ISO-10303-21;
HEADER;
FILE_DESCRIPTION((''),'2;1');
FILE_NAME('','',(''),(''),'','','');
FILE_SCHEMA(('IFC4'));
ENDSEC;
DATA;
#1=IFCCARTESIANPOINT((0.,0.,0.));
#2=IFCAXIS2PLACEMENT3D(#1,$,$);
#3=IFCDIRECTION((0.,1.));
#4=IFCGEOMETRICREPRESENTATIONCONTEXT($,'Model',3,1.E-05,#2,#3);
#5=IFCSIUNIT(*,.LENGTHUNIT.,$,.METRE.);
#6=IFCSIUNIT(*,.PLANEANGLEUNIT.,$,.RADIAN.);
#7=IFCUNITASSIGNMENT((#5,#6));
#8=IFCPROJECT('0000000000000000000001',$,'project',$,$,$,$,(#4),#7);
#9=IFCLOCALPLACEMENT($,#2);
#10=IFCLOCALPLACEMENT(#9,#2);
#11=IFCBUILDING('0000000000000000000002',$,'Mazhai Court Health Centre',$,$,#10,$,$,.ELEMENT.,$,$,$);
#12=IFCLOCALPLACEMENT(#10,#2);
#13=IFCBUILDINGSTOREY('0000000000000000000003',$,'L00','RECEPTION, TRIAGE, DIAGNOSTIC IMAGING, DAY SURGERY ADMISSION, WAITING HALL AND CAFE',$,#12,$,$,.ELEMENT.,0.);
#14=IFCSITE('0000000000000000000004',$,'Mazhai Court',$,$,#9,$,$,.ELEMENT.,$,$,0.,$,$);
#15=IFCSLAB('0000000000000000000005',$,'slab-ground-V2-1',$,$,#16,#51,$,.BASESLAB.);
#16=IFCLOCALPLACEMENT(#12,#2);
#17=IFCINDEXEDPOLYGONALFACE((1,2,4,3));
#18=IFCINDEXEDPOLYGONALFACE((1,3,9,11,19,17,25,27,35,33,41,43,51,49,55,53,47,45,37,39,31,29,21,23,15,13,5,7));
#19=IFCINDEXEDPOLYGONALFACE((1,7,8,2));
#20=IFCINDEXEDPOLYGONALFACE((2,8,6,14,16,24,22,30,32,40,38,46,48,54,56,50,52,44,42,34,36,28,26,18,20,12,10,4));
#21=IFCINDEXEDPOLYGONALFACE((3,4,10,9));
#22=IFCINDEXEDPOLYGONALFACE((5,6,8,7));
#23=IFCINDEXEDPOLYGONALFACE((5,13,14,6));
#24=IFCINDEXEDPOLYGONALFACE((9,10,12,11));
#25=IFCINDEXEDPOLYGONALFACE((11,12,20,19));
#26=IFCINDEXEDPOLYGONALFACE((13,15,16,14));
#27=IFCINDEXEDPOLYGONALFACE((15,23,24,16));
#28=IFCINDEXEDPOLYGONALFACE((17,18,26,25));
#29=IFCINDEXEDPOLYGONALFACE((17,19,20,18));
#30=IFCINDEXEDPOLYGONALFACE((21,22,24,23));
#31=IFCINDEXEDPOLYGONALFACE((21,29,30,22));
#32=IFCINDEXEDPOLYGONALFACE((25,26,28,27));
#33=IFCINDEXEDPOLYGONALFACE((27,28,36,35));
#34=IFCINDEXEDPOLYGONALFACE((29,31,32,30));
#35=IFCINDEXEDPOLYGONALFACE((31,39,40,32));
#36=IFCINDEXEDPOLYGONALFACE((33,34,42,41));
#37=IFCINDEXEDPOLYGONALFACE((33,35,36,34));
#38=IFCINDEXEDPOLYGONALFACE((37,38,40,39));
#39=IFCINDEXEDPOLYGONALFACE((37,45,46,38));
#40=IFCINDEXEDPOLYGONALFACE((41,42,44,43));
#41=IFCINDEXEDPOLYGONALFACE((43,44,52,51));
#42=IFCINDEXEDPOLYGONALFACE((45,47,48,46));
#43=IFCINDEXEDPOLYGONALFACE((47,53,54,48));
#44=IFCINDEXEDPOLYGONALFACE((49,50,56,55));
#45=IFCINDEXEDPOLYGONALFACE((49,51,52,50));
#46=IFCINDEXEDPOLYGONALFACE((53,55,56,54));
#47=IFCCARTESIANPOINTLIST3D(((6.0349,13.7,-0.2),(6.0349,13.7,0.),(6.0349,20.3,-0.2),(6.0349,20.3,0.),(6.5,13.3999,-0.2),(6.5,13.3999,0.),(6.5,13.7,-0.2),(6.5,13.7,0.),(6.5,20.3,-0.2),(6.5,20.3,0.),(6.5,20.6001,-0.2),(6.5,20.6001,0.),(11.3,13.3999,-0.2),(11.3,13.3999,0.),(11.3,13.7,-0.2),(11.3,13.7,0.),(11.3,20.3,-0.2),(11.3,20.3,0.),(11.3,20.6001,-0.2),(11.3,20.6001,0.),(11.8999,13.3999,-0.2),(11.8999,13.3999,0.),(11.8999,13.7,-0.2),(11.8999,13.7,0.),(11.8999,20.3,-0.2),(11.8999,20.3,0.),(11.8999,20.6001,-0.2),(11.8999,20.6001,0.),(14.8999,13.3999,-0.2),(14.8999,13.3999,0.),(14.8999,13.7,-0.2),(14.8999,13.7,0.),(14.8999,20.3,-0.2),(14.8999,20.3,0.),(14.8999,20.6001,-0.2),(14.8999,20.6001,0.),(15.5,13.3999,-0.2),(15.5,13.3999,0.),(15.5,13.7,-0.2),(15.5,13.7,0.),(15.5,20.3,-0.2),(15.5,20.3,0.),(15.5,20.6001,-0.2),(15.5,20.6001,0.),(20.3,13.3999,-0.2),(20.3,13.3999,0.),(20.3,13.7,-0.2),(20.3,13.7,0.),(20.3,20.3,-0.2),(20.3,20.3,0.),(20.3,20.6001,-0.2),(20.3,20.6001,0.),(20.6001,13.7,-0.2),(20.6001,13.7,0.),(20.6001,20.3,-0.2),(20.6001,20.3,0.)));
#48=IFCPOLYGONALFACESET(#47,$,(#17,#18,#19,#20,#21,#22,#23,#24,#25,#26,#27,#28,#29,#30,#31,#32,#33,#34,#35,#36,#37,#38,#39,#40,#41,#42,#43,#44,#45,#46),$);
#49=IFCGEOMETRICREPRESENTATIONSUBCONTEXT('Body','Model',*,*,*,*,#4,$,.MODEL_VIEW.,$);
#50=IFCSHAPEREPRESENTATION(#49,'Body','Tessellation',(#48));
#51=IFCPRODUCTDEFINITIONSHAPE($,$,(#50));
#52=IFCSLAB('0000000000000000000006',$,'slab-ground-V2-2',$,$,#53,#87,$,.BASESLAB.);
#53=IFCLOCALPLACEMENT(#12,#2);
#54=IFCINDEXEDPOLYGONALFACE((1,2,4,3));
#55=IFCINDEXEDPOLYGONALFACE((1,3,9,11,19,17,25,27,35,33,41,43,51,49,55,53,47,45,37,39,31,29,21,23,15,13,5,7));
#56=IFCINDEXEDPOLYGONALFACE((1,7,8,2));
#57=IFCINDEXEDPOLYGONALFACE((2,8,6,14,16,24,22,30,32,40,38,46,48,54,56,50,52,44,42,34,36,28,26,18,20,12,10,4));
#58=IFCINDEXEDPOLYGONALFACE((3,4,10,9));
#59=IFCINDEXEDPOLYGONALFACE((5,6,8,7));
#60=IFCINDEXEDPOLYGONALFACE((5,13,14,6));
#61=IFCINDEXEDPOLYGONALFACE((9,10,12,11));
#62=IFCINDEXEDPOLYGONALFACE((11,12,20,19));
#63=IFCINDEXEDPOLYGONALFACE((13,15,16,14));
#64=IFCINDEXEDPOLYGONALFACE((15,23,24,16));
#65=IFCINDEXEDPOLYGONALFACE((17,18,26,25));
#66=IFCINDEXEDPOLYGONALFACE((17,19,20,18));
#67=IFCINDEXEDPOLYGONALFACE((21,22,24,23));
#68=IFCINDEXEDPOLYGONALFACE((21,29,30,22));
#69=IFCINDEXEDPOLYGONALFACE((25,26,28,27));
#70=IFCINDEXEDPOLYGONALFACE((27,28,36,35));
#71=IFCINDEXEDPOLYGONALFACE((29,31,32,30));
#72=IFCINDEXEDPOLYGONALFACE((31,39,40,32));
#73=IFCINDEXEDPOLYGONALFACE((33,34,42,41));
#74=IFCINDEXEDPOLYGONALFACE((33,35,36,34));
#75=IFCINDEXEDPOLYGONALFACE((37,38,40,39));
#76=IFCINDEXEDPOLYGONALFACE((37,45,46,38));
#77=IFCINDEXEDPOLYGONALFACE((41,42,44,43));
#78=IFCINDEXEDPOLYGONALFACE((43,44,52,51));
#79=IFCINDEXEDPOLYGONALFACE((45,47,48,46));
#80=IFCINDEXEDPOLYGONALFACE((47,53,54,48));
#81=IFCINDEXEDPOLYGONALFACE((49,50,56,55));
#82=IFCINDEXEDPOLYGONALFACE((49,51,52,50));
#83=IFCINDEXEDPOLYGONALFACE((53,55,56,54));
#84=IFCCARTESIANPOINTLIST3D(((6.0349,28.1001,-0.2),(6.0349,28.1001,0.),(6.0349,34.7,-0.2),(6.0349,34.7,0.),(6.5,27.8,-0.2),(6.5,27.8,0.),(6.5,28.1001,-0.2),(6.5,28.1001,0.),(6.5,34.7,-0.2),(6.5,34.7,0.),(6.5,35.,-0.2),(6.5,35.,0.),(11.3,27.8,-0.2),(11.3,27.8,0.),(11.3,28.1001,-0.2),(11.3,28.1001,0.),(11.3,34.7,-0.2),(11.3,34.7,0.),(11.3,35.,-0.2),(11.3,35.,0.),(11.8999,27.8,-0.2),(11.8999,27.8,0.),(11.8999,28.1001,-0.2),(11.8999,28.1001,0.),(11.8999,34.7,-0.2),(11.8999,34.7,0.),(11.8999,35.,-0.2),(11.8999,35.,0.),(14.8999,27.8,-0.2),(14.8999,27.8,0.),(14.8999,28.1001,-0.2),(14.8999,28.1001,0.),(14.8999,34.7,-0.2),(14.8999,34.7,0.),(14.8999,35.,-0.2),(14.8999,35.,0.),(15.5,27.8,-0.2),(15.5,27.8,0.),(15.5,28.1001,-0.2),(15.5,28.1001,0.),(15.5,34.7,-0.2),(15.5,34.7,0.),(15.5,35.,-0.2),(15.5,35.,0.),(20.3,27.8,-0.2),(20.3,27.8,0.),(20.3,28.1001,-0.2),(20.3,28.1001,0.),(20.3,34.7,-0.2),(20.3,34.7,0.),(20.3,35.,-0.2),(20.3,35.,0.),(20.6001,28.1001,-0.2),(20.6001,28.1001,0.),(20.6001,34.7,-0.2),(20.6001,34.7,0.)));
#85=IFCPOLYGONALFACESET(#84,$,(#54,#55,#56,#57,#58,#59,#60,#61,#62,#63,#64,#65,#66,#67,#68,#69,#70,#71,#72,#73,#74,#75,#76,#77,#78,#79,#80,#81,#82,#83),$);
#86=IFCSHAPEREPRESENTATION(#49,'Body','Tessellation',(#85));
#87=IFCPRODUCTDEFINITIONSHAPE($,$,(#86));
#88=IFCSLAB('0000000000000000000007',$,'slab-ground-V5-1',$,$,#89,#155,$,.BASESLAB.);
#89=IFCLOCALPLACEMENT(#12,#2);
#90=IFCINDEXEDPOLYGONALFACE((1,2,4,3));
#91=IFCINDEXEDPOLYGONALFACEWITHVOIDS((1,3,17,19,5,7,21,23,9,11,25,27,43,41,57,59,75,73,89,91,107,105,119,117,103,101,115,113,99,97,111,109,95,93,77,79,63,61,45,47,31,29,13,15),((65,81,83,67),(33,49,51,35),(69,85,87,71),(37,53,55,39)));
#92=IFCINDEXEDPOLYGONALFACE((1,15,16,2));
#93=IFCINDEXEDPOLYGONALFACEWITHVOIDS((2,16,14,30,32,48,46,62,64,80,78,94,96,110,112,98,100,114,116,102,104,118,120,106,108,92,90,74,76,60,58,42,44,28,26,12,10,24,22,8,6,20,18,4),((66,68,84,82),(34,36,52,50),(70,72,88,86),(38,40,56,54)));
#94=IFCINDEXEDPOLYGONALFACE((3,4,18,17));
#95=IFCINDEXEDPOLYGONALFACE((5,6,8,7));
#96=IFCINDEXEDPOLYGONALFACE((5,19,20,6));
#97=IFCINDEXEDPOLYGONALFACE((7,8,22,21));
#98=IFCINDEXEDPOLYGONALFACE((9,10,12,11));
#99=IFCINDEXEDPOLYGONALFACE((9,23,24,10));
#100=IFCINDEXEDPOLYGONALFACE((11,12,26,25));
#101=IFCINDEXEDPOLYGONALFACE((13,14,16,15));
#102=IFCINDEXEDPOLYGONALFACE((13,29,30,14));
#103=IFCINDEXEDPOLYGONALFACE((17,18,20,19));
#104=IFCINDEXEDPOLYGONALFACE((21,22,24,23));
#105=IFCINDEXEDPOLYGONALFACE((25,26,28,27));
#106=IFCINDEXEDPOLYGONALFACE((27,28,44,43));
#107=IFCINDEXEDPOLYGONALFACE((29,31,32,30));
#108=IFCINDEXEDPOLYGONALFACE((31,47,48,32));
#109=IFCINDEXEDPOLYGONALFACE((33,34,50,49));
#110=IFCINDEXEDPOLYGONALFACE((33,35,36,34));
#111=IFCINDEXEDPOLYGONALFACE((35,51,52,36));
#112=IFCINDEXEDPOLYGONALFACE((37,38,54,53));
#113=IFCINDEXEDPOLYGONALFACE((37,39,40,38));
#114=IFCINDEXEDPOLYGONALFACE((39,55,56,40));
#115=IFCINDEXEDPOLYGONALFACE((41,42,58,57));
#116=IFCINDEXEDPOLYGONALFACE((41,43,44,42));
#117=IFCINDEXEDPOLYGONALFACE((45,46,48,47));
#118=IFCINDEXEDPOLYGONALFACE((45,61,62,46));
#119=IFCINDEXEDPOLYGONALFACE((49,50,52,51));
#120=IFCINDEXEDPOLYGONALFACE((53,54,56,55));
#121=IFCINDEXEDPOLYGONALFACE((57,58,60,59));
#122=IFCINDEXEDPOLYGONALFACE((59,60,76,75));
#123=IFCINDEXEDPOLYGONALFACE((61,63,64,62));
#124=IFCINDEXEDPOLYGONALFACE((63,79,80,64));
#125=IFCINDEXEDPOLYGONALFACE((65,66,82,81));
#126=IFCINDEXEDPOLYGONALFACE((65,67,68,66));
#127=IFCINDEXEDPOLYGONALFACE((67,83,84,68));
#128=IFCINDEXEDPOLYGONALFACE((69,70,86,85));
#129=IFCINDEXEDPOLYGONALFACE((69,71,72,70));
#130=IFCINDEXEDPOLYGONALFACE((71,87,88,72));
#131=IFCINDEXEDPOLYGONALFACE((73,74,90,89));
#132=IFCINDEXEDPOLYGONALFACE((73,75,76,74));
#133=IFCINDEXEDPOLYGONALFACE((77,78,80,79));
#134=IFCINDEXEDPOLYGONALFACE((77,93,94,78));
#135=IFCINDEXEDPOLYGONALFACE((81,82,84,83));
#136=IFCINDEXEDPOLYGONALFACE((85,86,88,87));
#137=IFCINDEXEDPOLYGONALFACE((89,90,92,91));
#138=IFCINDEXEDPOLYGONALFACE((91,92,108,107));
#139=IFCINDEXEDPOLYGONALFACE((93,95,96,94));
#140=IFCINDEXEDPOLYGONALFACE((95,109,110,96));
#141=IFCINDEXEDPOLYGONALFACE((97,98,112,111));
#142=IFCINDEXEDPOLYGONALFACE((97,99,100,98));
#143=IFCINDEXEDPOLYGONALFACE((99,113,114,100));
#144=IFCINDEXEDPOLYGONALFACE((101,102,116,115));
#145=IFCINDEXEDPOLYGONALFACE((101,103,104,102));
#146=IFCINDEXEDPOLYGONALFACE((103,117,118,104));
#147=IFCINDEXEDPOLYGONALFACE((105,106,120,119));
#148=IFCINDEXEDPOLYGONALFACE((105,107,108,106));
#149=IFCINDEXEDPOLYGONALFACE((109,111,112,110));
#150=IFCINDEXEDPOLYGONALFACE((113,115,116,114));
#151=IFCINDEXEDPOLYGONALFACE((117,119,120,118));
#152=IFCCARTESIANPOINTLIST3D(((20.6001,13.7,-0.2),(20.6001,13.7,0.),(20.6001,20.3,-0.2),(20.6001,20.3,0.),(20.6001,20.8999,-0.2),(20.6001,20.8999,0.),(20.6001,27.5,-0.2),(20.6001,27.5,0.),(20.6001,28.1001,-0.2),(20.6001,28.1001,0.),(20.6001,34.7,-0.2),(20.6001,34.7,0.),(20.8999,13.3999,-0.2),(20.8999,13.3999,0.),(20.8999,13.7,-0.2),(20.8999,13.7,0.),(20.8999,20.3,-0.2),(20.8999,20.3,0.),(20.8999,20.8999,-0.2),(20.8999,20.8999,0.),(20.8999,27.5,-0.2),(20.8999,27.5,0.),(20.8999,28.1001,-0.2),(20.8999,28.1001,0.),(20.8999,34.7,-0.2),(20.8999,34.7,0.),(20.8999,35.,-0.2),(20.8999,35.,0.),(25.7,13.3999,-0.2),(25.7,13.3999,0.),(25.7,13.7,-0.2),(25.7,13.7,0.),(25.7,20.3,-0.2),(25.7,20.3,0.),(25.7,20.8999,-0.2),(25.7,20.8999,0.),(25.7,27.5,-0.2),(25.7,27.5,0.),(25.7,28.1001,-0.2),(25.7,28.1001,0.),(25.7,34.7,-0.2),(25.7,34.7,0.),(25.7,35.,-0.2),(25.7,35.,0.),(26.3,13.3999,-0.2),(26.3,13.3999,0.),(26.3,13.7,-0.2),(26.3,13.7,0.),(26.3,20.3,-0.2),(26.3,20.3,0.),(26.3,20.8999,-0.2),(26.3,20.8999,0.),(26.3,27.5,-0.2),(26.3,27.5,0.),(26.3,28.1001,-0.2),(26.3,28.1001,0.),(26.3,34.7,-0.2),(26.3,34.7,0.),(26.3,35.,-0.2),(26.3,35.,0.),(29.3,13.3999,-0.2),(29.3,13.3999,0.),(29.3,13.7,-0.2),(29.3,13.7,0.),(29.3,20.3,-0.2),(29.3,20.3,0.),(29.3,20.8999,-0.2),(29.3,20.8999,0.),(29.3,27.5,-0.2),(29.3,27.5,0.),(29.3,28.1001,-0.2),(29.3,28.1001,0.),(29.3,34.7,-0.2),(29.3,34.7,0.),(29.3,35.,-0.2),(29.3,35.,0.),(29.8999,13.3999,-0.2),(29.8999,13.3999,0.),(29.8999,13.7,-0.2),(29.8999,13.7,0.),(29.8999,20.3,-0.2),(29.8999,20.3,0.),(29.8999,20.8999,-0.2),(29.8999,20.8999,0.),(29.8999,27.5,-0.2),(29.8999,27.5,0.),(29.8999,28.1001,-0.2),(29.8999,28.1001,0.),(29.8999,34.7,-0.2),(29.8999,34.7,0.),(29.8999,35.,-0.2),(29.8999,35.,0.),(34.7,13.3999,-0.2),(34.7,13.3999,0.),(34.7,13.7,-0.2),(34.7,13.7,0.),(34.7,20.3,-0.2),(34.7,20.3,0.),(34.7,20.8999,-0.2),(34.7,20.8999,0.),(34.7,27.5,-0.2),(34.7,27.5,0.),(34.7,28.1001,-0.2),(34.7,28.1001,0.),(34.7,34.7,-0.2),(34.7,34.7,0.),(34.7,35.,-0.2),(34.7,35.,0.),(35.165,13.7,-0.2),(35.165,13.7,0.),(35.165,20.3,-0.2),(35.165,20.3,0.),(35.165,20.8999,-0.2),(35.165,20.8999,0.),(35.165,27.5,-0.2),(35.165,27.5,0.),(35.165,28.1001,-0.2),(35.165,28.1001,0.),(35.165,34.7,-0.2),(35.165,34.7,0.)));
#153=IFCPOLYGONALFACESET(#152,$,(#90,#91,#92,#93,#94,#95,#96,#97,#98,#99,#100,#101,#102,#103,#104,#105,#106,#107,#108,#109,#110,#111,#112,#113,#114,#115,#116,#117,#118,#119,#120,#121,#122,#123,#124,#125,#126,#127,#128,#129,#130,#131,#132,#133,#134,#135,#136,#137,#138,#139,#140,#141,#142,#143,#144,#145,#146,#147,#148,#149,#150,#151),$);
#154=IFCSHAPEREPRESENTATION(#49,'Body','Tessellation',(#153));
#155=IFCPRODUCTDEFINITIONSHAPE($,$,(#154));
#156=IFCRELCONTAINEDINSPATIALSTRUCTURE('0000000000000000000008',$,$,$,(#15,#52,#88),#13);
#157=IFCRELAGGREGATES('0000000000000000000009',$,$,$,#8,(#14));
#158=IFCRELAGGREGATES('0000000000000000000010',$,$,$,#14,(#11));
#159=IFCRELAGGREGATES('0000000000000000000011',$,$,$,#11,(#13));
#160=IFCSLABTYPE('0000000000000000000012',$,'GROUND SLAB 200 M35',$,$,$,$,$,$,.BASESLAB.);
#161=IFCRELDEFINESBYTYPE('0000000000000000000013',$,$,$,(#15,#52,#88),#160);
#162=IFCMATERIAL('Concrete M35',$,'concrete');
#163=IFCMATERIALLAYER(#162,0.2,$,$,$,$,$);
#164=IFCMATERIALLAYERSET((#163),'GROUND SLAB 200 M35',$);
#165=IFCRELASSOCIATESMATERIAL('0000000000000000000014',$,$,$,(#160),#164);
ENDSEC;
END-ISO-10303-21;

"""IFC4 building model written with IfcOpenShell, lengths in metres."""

from ifc_helpers import new_model, si_unit, direction, frame, origin, place, context, subcontext, project, spatial, polyline, outline, extrude, material, layer, layer_set, type_object, element, save


model = new_model("IFC4")

# Units and contexts
model_context = context("Model", 3, precision=1e-05, world=origin(), true_north=direction((0.0, 1.0)))
body_context = subcontext(model_context, "Body", "Model", "MODEL_VIEW")
ifc_project = project(units=[si_unit("LENGTHUNIT", "METRE"), si_unit("PLANEANGLEUNIT", "RADIAN")], contexts=[model_context])

# Site, building, storey
site_placement = place(None, origin())
site = spatial("IfcSite", under=ifc_project, at=site_placement, Name="Mazhai Court", CompositionType="ELEMENT", RefElevation=0.0)
building_placement = place(site_placement, origin())
building = spatial("IfcBuilding", under=site, at=building_placement, Name="Mazhai Court Health Centre", CompositionType="ELEMENT")
storey_placement = place(building_placement, origin())
storey = spatial("IfcBuildingStorey", under=building, at=storey_placement, Name="L00", Description="RECEPTION, TRIAGE, DIAGNOSTIC IMAGING, DAY SURGERY ADMISSION, WAITING HALL AND CAFE", CompositionType="ELEMENT", Elevation=0.0)

# Slabs
ifc_material_1 = material(Name="Concrete M35", Category="concrete")
ifc_layer_1 = layer(ifc_material_1, 0.2)
ifc_layer_set_1 = layer_set([ifc_layer_1], Name="GROUND SLAB 200 M35")
slab_type = type_object("IfcSlabType", Name="GROUND SLAB 200 M35", PredefinedType="BASESLAB", material=ifc_layer_set_1)
slab_1_placement = place(storey_placement, frame((0.0, 0.0, -0.2)))
element("IfcSlab", 1, at=slab_1_placement, inside=storey, type_object=slab_type, Name="slab-ground-V2-1", PredefinedType="BASESLAB", context=body_context, shape_type="SweptSolid", body=[
    extrude(outline(polyline([(20.6001, 13.7), (20.3, 13.7), (20.3, 13.3999), (15.5, 13.3999), (15.5, 13.7), (14.8999, 13.7), (14.8999, 13.3999), (11.8999, 13.3999), (11.8999, 13.7), (11.3, 13.7), (11.3, 13.3999), (6.5, 13.3999), (6.5, 13.7), (6.0349, 13.7), (6.0349, 20.3), (6.5, 20.3), (6.5, 20.6001), (11.3, 20.6001), (11.3, 20.3), (11.8999, 20.3), (11.8999, 20.6001), (14.8999, 20.6001), (14.8999, 20.3), (15.5, 20.3), (15.5, 20.6001), (20.3, 20.6001), (20.3, 20.3), (20.6001, 20.3), (20.6001, 13.7)])), origin(), (0.0, 0.0, 1.0), 0.2),
])
slab_2_placement = place(storey_placement, frame((0.0, 0.0, -0.2)))
element("IfcSlab", 2, at=slab_2_placement, inside=storey, type_object=slab_type, Name="slab-ground-V2-2", PredefinedType="BASESLAB", context=body_context, shape_type="SweptSolid", body=[
    extrude(outline(polyline([(20.6001, 28.1001), (20.3, 28.1001), (20.3, 27.8), (15.5, 27.8), (15.5, 28.1001), (14.8999, 28.1001), (14.8999, 27.8), (11.8999, 27.8), (11.8999, 28.1001), (11.3, 28.1001), (11.3, 27.8), (6.5, 27.8), (6.5, 28.1001), (6.0349, 28.1001), (6.0349, 34.7), (6.5, 34.7), (6.5, 35.0), (11.3, 35.0), (11.3, 34.7), (11.8999, 34.7), (11.8999, 35.0), (14.8999, 35.0), (14.8999, 34.7), (15.5, 34.7), (15.5, 35.0), (20.3, 35.0), (20.3, 34.7), (20.6001, 34.7), (20.6001, 28.1001)])), origin(), (0.0, 0.0, 1.0), 0.2),
])
slab_3_placement = place(storey_placement, frame((0.0, 0.0, -0.2)))
element("IfcSlab", 3, at=slab_3_placement, inside=storey, type_object=slab_type, Name="slab-ground-V5-1", PredefinedType="BASESLAB", context=body_context, shape_type="SweptSolid", body=[
    extrude(outline(polyline([(35.165, 13.7), (34.7, 13.7), (34.7, 13.3999), (29.8999, 13.3999), (29.8999, 13.7), (29.3, 13.7), (29.3, 13.3999), (26.3, 13.3999), (26.3, 13.7), (25.7, 13.7), (25.7, 13.3999), (20.8999, 13.3999), (20.8999, 13.7), (20.6001, 13.7), (20.6001, 20.3), (20.8999, 20.3), (20.8999, 20.8999), (20.6001, 20.8999), (20.6001, 27.5), (20.8999, 27.5), (20.8999, 28.1001), (20.6001, 28.1001), (20.6001, 34.7), (20.8999, 34.7), (20.8999, 35.0), (25.7, 35.0), (25.7, 34.7), (26.3, 34.7), (26.3, 35.0), (29.3, 35.0), (29.3, 34.7), (29.8999, 34.7), (29.8999, 35.0), (34.7, 35.0), (34.7, 34.7), (35.165, 34.7), (35.165, 28.1001), (34.7, 28.1001), (34.7, 27.5), (35.165, 27.5), (35.165, 20.8999), (34.7, 20.8999), (34.7, 20.3), (35.165, 20.3), (35.165, 13.7)]), holes=[polyline([(29.3, 20.8999), (29.3, 20.3), (29.8999, 20.3), (29.8999, 20.8999), (29.3, 20.8999)]), polyline([(25.7, 20.8999), (25.7, 20.3), (26.3, 20.3), (26.3, 20.8999), (25.7, 20.8999)]), polyline([(29.3, 27.5), (29.8999, 27.5), (29.8999, 28.1001), (29.3, 28.1001), (29.3, 27.5)]), polyline([(25.7, 27.5), (26.3, 27.5), (26.3, 28.1001), (25.7, 28.1001), (25.7, 27.5)])]), origin(), (0.0, 0.0, 1.0), 0.2),
])

save(model, "model.ifc")
